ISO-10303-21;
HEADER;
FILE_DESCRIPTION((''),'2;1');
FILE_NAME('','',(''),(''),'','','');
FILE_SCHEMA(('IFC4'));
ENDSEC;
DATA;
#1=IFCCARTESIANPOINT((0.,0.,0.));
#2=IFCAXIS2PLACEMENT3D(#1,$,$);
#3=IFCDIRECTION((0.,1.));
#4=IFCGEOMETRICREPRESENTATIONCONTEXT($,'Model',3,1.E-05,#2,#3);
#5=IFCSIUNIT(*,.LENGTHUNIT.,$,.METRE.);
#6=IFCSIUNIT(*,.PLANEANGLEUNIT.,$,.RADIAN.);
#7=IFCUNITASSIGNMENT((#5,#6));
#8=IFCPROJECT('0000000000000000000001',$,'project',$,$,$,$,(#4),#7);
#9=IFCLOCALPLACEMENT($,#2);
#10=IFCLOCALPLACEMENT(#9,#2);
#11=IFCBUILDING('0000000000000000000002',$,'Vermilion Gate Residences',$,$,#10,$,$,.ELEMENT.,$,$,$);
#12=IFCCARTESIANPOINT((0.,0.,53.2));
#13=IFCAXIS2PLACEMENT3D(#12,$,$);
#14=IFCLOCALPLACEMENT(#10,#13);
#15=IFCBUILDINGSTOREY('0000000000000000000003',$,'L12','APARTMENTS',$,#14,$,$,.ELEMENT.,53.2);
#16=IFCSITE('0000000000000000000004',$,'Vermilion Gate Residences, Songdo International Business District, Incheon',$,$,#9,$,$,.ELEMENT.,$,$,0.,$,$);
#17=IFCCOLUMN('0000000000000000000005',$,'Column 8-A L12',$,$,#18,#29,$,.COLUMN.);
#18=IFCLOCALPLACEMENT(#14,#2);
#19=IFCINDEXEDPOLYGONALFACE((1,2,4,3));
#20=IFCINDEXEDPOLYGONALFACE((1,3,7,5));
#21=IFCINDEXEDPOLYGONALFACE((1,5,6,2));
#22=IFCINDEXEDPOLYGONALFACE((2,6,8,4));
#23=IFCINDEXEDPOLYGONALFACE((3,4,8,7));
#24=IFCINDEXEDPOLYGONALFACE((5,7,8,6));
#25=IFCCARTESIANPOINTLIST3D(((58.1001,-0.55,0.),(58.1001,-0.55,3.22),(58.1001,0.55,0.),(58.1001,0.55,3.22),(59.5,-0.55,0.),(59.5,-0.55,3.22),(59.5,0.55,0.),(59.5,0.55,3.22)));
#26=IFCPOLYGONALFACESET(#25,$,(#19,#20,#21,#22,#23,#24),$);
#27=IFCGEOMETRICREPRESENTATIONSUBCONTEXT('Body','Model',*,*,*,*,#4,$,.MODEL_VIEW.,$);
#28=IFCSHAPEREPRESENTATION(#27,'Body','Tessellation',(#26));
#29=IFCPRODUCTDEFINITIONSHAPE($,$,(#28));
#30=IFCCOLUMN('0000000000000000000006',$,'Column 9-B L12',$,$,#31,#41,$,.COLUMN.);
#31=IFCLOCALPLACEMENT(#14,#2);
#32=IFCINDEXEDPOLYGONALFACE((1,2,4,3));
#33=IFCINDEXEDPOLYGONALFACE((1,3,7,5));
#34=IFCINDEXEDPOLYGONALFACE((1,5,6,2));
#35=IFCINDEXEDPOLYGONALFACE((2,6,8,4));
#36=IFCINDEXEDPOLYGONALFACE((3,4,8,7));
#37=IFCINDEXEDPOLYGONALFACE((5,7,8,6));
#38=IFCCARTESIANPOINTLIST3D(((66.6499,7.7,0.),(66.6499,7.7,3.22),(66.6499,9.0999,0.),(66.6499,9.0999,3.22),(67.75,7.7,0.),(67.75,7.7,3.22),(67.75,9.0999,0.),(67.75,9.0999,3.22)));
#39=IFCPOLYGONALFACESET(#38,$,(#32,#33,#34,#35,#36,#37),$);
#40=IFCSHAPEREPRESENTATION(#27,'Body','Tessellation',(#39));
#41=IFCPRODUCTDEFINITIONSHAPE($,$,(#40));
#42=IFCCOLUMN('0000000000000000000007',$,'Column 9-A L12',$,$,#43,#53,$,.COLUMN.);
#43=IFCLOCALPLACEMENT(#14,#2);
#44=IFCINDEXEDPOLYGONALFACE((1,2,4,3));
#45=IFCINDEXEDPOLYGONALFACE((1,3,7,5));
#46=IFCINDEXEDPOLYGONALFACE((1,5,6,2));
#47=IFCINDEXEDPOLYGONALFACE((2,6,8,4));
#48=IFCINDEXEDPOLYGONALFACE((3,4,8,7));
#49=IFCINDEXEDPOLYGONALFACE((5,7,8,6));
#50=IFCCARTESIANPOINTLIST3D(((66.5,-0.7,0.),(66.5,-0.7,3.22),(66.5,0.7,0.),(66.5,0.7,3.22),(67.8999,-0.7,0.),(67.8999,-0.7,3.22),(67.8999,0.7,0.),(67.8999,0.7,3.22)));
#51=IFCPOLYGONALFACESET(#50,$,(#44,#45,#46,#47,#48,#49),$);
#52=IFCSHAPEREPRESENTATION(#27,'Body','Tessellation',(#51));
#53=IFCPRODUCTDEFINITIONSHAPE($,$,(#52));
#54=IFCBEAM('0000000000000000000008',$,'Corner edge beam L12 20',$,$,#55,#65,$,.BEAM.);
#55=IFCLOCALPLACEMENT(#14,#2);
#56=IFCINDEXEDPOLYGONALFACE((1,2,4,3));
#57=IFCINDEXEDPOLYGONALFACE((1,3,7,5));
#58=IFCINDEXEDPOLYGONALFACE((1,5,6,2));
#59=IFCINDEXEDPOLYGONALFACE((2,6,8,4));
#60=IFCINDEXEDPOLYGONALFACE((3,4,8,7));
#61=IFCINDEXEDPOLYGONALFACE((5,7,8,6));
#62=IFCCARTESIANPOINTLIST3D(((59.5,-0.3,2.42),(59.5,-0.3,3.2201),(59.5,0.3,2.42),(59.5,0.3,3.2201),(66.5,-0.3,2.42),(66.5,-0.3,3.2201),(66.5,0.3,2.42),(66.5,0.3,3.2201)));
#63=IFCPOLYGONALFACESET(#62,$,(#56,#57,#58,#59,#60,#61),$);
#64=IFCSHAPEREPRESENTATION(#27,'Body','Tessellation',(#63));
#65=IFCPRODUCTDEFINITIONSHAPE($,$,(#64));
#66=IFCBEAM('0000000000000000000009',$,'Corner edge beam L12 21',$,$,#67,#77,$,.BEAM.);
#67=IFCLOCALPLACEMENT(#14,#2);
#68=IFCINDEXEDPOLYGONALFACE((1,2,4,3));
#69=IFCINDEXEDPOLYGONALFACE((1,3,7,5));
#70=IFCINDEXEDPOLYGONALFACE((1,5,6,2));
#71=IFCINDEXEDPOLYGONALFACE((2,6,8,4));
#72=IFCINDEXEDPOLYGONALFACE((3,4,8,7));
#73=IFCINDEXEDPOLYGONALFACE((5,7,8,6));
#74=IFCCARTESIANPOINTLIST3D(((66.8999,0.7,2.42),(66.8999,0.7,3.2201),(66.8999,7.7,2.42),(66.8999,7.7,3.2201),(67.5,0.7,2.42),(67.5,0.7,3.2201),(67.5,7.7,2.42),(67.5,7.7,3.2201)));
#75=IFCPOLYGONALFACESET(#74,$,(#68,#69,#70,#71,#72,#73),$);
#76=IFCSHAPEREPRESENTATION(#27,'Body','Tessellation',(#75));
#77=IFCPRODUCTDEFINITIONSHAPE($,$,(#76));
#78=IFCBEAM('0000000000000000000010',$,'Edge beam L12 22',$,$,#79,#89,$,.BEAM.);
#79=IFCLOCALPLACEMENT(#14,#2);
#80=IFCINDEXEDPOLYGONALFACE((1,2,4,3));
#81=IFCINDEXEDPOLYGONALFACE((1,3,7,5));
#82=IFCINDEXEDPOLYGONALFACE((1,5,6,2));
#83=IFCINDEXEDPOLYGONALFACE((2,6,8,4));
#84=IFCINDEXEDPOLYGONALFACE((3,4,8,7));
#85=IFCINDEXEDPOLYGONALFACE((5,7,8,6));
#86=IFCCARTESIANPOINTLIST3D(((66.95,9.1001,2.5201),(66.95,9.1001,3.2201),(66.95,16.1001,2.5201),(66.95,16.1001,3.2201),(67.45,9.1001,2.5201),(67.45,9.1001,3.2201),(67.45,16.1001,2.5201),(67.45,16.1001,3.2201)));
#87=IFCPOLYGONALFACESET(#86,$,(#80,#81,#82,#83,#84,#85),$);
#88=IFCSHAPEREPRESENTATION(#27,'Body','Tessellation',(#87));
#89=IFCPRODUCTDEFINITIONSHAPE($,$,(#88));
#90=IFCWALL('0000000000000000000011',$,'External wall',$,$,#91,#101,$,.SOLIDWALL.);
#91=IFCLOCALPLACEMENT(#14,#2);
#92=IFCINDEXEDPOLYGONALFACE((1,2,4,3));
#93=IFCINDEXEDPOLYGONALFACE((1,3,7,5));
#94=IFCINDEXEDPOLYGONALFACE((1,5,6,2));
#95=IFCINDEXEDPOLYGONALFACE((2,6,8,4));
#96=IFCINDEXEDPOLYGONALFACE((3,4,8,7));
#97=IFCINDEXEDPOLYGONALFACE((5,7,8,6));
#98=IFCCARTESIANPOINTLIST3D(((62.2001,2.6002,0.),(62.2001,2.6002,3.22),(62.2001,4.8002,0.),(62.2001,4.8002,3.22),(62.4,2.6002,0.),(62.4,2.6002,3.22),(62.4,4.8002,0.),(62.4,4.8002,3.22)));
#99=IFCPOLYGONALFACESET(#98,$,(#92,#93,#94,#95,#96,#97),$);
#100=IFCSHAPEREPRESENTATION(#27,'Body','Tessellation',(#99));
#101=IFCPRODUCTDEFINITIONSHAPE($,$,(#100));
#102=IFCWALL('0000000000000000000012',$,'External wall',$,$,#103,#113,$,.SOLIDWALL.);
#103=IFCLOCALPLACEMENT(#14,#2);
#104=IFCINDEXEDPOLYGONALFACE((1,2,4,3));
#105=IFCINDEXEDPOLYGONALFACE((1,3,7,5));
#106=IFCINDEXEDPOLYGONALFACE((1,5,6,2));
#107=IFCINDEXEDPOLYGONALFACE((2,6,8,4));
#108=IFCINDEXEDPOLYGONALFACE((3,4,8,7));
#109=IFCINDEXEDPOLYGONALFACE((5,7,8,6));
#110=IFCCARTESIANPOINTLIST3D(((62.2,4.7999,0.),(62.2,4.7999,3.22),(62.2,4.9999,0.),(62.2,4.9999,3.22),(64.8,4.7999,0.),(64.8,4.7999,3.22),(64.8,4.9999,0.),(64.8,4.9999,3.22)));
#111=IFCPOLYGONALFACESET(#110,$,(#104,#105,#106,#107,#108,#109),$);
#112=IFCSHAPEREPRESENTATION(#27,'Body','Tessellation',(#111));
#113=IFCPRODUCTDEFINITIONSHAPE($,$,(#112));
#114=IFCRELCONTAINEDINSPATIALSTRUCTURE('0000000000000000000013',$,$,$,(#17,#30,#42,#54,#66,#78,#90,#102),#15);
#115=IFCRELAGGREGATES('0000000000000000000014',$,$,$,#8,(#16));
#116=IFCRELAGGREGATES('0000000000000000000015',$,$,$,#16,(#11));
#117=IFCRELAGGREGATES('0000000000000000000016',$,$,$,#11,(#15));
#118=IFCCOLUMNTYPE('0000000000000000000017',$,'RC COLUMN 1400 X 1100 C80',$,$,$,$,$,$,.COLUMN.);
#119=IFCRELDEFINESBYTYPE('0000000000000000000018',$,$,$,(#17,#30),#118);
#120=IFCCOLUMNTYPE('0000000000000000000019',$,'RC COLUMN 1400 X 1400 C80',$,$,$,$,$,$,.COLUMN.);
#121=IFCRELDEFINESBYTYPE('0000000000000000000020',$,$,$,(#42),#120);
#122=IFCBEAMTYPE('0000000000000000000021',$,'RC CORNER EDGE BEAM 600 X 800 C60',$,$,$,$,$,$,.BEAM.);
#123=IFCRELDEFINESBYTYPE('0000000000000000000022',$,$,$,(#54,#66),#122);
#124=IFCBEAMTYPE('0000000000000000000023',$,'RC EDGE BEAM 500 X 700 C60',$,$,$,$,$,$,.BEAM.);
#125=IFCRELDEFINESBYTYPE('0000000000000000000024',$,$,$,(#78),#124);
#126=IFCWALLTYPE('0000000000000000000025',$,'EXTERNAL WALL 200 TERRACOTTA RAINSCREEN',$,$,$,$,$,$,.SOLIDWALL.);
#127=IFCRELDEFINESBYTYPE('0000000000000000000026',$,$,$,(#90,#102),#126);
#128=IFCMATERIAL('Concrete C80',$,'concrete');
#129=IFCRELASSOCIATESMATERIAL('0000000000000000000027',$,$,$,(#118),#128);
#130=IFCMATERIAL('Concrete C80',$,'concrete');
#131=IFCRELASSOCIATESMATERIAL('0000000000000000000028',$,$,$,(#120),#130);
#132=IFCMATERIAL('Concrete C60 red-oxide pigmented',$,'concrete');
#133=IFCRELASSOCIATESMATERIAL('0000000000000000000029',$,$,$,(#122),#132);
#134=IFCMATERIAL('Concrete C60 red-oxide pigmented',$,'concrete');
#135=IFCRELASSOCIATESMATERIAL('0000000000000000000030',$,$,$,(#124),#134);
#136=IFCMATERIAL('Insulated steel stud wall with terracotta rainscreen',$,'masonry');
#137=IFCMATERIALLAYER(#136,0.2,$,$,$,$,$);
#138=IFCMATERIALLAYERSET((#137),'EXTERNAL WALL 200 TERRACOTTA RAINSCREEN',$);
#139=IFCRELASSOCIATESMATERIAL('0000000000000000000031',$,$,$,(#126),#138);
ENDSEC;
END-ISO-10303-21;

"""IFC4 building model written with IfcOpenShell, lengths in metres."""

from ifc_helpers import new_model, si_unit, direction, frame, frame_2d, origin, origin_2d, place, context, subcontext, project, spatial, rectangle, extrude, material, layer, layer_set, material_profile, profile_set, type_object, element, save


model = new_model("IFC4")

# Units and contexts
model_context = context("Model", 3, precision=1e-05, world=origin(), true_north=direction((0.0, 1.0)))
body_context = subcontext(model_context, "Body", "Model", "MODEL_VIEW")
ifc_project = project(units=[si_unit("LENGTHUNIT", "METRE"), si_unit("PLANEANGLEUNIT", "RADIAN")], contexts=[model_context])

# Site, building, storey
site_placement = place(None, origin())
site = spatial("IfcSite", under=ifc_project, at=site_placement, Name="Vermilion Gate Residences, Songdo International Business District, Incheon", CompositionType="ELEMENT", RefElevation=0.0)
building_placement = place(site_placement, origin())
building = spatial("IfcBuilding", under=site, at=building_placement, Name="Vermilion Gate Residences", CompositionType="ELEMENT")
storey_placement = place(building_placement, frame((0.0, 0.0, 53.2)))
storey = spatial("IfcBuildingStorey", under=building, at=storey_placement, Name="L12", Description="APARTMENTS", CompositionType="ELEMENT", Elevation=53.2)

# Columns
ifc_material_1 = material(Name="Concrete C80", Category="concrete")
ifc_material_profile_1 = material_profile(ifc_material_1, rectangle(XDim=1.3999, YDim=1.1001, at=origin_2d()), Name="RC-1400x1100")
ifc_profile_set_1 = profile_set([ifc_material_profile_1], Name="Concrete C80")
column_type_1 = type_object("IfcColumnType", Name="RC COLUMN 1400 X 1100 C80", PredefinedType="COLUMN", material=ifc_profile_set_1)
for number, where, z_axis, x_axis, name in (
    (1, (58.8, 0.0, 0.0), (0.0, 0.0, 1.0), (1.0, 0.0, 0.0), "Column 8-A L12"),
    (2, (67.2, 8.3999, 0.0), (0.0, 0.0, 1.0), (0.0, 1.0, 0.0), "Column 9-B L12"),
):
    element("IfcColumn", number, at=place(storey_placement, frame(where, z_axis=z_axis, x_axis=x_axis)), inside=storey, type_object=column_type_1, Name=name, PredefinedType="COLUMN", context=body_context, shape_type="SweptSolid", body=[
        extrude(rectangle(XDim=1.3999, YDim=1.1001, at=origin_2d()), origin(), (0.0, 0.0, 1.0), 3.22),
    ])
ifc_material_2 = material(Name="Concrete C80", Category="concrete")
ifc_material_profile_2 = material_profile(ifc_material_2, rectangle(XDim=1.3999, YDim=1.3999, at=origin_2d()), Name="RC-1400x1400")
ifc_profile_set_2 = profile_set([ifc_material_profile_2], Name="Concrete C80")
column_type_2 = type_object("IfcColumnType", Name="RC COLUMN 1400 X 1400 C80", PredefinedType="COLUMN", material=ifc_profile_set_2)
column_placement = place(storey_placement, frame((67.2, 0.0, 0.0), z_axis=(0.0, 0.0, 1.0), x_axis=(1.0, 0.0, 0.0)))
element("IfcColumn", 3, at=column_placement, inside=storey, type_object=column_type_2, Name="Column 9-A L12", PredefinedType="COLUMN", context=body_context, shape_type="SweptSolid", body=[
    extrude(rectangle(XDim=1.3999, YDim=1.3999, at=origin_2d()), origin(), (0.0, 0.0, 1.0), 3.22),
])

# Beams
ifc_material_3 = material(Name="Concrete C60 red-oxide pigmented", Category="concrete")
ifc_material_profile_3 = material_profile(ifc_material_3, rectangle(XDim=0.6001, YDim=0.8, at=origin_2d()), Name="RC-600x800")
ifc_profile_set_3 = profile_set([ifc_material_profile_3], Name="Concrete C60 red-oxide pigmented")
beam_type_1 = type_object("IfcBeamType", Name="RC CORNER EDGE BEAM 600 X 800 C60", PredefinedType="BEAM", material=ifc_profile_set_3)
for number, where, z_axis, x_axis, name in (
    (4, (59.5, 0.0, 2.8201), (1.0, 0.0, 0.0), (0.0, 1.0, 0.0), "Corner edge beam L12 20"),
    (5, (67.2, 0.7, 2.8201), (0.0, 1.0, 0.0), (-1.0, 0.0, 0.0), "Corner edge beam L12 21"),
):
    element("IfcBeam", number, at=place(storey_placement, frame(where, z_axis=z_axis, x_axis=x_axis)), inside=storey, type_object=beam_type_1, Name=name, PredefinedType="BEAM", context=body_context, shape_type="SweptSolid", body=[
        extrude(rectangle(XDim=0.6001, YDim=0.8, at=origin_2d()), origin(), (0.0, 0.0, 1.0), 7.0),
    ])
ifc_material_4 = material(Name="Concrete C60 red-oxide pigmented", Category="concrete")
ifc_material_profile_4 = material_profile(ifc_material_4, rectangle(XDim=0.5, YDim=0.7, at=origin_2d()), Name="RC-500x700")
ifc_profile_set_4 = profile_set([ifc_material_profile_4], Name="Concrete C60 red-oxide pigmented")
beam_type_2 = type_object("IfcBeamType", Name="RC EDGE BEAM 500 X 700 C60", PredefinedType="BEAM", material=ifc_profile_set_4)
beam_placement = place(storey_placement, frame((67.2, 9.1001, 2.8701), z_axis=(0.0, 1.0, 0.0), x_axis=(-1.0, 0.0, 0.0)))
element("IfcBeam", 6, at=beam_placement, inside=storey, type_object=beam_type_2, Name="Edge beam L12 22", PredefinedType="BEAM", context=body_context, shape_type="SweptSolid", body=[
    extrude(rectangle(XDim=0.5, YDim=0.7, at=origin_2d()), origin(), (0.0, 0.0, 1.0), 7.0),
])

# Walls
ifc_material_5 = material(Name="Insulated steel stud wall with terracotta rainscreen", Category="masonry")
ifc_layer_1 = layer(ifc_material_5, 0.2)
ifc_layer_set_1 = layer_set([ifc_layer_1], Name="EXTERNAL WALL 200 TERRACOTTA RAINSCREEN")
wall_type_1 = type_object("IfcWallType", Name="EXTERNAL WALL 200 TERRACOTTA RAINSCREEN", PredefinedType="SOLIDWALL", material=ifc_layer_set_1)
wall_1_placement = place(storey_placement, frame((62.3, 2.6001, 0.0), z_axis=(0.0, 0.0, 1.0), x_axis=(0.0, 1.0, 0.0)))
element("IfcWall", 7, at=wall_1_placement, inside=storey, type_object=wall_type_1, Name="External wall", PredefinedType="SOLIDWALL", context=body_context, shape_type="SweptSolid", body=[
    extrude(rectangle(XDim=2.2, YDim=0.2, at=frame_2d((1.1001, 0.0))), origin(), (0.0, 0.0, 1.0), 3.22),
])
wall_2_placement = place(storey_placement, frame((62.2, 4.8999, 0.0), z_axis=(0.0, 0.0, 1.0), x_axis=(1.0, 0.0, 0.0)))
element("IfcWall", 8, at=wall_2_placement, inside=storey, type_object=wall_type_1, Name="External wall", PredefinedType="SOLIDWALL", context=body_context, shape_type="SweptSolid", body=[
    extrude(rectangle(XDim=2.6001, YDim=0.2, at=frame_2d((1.3, 0.0))), origin(), (0.0, 0.0, 1.0), 3.22),
])

save(model, "model.ifc")
